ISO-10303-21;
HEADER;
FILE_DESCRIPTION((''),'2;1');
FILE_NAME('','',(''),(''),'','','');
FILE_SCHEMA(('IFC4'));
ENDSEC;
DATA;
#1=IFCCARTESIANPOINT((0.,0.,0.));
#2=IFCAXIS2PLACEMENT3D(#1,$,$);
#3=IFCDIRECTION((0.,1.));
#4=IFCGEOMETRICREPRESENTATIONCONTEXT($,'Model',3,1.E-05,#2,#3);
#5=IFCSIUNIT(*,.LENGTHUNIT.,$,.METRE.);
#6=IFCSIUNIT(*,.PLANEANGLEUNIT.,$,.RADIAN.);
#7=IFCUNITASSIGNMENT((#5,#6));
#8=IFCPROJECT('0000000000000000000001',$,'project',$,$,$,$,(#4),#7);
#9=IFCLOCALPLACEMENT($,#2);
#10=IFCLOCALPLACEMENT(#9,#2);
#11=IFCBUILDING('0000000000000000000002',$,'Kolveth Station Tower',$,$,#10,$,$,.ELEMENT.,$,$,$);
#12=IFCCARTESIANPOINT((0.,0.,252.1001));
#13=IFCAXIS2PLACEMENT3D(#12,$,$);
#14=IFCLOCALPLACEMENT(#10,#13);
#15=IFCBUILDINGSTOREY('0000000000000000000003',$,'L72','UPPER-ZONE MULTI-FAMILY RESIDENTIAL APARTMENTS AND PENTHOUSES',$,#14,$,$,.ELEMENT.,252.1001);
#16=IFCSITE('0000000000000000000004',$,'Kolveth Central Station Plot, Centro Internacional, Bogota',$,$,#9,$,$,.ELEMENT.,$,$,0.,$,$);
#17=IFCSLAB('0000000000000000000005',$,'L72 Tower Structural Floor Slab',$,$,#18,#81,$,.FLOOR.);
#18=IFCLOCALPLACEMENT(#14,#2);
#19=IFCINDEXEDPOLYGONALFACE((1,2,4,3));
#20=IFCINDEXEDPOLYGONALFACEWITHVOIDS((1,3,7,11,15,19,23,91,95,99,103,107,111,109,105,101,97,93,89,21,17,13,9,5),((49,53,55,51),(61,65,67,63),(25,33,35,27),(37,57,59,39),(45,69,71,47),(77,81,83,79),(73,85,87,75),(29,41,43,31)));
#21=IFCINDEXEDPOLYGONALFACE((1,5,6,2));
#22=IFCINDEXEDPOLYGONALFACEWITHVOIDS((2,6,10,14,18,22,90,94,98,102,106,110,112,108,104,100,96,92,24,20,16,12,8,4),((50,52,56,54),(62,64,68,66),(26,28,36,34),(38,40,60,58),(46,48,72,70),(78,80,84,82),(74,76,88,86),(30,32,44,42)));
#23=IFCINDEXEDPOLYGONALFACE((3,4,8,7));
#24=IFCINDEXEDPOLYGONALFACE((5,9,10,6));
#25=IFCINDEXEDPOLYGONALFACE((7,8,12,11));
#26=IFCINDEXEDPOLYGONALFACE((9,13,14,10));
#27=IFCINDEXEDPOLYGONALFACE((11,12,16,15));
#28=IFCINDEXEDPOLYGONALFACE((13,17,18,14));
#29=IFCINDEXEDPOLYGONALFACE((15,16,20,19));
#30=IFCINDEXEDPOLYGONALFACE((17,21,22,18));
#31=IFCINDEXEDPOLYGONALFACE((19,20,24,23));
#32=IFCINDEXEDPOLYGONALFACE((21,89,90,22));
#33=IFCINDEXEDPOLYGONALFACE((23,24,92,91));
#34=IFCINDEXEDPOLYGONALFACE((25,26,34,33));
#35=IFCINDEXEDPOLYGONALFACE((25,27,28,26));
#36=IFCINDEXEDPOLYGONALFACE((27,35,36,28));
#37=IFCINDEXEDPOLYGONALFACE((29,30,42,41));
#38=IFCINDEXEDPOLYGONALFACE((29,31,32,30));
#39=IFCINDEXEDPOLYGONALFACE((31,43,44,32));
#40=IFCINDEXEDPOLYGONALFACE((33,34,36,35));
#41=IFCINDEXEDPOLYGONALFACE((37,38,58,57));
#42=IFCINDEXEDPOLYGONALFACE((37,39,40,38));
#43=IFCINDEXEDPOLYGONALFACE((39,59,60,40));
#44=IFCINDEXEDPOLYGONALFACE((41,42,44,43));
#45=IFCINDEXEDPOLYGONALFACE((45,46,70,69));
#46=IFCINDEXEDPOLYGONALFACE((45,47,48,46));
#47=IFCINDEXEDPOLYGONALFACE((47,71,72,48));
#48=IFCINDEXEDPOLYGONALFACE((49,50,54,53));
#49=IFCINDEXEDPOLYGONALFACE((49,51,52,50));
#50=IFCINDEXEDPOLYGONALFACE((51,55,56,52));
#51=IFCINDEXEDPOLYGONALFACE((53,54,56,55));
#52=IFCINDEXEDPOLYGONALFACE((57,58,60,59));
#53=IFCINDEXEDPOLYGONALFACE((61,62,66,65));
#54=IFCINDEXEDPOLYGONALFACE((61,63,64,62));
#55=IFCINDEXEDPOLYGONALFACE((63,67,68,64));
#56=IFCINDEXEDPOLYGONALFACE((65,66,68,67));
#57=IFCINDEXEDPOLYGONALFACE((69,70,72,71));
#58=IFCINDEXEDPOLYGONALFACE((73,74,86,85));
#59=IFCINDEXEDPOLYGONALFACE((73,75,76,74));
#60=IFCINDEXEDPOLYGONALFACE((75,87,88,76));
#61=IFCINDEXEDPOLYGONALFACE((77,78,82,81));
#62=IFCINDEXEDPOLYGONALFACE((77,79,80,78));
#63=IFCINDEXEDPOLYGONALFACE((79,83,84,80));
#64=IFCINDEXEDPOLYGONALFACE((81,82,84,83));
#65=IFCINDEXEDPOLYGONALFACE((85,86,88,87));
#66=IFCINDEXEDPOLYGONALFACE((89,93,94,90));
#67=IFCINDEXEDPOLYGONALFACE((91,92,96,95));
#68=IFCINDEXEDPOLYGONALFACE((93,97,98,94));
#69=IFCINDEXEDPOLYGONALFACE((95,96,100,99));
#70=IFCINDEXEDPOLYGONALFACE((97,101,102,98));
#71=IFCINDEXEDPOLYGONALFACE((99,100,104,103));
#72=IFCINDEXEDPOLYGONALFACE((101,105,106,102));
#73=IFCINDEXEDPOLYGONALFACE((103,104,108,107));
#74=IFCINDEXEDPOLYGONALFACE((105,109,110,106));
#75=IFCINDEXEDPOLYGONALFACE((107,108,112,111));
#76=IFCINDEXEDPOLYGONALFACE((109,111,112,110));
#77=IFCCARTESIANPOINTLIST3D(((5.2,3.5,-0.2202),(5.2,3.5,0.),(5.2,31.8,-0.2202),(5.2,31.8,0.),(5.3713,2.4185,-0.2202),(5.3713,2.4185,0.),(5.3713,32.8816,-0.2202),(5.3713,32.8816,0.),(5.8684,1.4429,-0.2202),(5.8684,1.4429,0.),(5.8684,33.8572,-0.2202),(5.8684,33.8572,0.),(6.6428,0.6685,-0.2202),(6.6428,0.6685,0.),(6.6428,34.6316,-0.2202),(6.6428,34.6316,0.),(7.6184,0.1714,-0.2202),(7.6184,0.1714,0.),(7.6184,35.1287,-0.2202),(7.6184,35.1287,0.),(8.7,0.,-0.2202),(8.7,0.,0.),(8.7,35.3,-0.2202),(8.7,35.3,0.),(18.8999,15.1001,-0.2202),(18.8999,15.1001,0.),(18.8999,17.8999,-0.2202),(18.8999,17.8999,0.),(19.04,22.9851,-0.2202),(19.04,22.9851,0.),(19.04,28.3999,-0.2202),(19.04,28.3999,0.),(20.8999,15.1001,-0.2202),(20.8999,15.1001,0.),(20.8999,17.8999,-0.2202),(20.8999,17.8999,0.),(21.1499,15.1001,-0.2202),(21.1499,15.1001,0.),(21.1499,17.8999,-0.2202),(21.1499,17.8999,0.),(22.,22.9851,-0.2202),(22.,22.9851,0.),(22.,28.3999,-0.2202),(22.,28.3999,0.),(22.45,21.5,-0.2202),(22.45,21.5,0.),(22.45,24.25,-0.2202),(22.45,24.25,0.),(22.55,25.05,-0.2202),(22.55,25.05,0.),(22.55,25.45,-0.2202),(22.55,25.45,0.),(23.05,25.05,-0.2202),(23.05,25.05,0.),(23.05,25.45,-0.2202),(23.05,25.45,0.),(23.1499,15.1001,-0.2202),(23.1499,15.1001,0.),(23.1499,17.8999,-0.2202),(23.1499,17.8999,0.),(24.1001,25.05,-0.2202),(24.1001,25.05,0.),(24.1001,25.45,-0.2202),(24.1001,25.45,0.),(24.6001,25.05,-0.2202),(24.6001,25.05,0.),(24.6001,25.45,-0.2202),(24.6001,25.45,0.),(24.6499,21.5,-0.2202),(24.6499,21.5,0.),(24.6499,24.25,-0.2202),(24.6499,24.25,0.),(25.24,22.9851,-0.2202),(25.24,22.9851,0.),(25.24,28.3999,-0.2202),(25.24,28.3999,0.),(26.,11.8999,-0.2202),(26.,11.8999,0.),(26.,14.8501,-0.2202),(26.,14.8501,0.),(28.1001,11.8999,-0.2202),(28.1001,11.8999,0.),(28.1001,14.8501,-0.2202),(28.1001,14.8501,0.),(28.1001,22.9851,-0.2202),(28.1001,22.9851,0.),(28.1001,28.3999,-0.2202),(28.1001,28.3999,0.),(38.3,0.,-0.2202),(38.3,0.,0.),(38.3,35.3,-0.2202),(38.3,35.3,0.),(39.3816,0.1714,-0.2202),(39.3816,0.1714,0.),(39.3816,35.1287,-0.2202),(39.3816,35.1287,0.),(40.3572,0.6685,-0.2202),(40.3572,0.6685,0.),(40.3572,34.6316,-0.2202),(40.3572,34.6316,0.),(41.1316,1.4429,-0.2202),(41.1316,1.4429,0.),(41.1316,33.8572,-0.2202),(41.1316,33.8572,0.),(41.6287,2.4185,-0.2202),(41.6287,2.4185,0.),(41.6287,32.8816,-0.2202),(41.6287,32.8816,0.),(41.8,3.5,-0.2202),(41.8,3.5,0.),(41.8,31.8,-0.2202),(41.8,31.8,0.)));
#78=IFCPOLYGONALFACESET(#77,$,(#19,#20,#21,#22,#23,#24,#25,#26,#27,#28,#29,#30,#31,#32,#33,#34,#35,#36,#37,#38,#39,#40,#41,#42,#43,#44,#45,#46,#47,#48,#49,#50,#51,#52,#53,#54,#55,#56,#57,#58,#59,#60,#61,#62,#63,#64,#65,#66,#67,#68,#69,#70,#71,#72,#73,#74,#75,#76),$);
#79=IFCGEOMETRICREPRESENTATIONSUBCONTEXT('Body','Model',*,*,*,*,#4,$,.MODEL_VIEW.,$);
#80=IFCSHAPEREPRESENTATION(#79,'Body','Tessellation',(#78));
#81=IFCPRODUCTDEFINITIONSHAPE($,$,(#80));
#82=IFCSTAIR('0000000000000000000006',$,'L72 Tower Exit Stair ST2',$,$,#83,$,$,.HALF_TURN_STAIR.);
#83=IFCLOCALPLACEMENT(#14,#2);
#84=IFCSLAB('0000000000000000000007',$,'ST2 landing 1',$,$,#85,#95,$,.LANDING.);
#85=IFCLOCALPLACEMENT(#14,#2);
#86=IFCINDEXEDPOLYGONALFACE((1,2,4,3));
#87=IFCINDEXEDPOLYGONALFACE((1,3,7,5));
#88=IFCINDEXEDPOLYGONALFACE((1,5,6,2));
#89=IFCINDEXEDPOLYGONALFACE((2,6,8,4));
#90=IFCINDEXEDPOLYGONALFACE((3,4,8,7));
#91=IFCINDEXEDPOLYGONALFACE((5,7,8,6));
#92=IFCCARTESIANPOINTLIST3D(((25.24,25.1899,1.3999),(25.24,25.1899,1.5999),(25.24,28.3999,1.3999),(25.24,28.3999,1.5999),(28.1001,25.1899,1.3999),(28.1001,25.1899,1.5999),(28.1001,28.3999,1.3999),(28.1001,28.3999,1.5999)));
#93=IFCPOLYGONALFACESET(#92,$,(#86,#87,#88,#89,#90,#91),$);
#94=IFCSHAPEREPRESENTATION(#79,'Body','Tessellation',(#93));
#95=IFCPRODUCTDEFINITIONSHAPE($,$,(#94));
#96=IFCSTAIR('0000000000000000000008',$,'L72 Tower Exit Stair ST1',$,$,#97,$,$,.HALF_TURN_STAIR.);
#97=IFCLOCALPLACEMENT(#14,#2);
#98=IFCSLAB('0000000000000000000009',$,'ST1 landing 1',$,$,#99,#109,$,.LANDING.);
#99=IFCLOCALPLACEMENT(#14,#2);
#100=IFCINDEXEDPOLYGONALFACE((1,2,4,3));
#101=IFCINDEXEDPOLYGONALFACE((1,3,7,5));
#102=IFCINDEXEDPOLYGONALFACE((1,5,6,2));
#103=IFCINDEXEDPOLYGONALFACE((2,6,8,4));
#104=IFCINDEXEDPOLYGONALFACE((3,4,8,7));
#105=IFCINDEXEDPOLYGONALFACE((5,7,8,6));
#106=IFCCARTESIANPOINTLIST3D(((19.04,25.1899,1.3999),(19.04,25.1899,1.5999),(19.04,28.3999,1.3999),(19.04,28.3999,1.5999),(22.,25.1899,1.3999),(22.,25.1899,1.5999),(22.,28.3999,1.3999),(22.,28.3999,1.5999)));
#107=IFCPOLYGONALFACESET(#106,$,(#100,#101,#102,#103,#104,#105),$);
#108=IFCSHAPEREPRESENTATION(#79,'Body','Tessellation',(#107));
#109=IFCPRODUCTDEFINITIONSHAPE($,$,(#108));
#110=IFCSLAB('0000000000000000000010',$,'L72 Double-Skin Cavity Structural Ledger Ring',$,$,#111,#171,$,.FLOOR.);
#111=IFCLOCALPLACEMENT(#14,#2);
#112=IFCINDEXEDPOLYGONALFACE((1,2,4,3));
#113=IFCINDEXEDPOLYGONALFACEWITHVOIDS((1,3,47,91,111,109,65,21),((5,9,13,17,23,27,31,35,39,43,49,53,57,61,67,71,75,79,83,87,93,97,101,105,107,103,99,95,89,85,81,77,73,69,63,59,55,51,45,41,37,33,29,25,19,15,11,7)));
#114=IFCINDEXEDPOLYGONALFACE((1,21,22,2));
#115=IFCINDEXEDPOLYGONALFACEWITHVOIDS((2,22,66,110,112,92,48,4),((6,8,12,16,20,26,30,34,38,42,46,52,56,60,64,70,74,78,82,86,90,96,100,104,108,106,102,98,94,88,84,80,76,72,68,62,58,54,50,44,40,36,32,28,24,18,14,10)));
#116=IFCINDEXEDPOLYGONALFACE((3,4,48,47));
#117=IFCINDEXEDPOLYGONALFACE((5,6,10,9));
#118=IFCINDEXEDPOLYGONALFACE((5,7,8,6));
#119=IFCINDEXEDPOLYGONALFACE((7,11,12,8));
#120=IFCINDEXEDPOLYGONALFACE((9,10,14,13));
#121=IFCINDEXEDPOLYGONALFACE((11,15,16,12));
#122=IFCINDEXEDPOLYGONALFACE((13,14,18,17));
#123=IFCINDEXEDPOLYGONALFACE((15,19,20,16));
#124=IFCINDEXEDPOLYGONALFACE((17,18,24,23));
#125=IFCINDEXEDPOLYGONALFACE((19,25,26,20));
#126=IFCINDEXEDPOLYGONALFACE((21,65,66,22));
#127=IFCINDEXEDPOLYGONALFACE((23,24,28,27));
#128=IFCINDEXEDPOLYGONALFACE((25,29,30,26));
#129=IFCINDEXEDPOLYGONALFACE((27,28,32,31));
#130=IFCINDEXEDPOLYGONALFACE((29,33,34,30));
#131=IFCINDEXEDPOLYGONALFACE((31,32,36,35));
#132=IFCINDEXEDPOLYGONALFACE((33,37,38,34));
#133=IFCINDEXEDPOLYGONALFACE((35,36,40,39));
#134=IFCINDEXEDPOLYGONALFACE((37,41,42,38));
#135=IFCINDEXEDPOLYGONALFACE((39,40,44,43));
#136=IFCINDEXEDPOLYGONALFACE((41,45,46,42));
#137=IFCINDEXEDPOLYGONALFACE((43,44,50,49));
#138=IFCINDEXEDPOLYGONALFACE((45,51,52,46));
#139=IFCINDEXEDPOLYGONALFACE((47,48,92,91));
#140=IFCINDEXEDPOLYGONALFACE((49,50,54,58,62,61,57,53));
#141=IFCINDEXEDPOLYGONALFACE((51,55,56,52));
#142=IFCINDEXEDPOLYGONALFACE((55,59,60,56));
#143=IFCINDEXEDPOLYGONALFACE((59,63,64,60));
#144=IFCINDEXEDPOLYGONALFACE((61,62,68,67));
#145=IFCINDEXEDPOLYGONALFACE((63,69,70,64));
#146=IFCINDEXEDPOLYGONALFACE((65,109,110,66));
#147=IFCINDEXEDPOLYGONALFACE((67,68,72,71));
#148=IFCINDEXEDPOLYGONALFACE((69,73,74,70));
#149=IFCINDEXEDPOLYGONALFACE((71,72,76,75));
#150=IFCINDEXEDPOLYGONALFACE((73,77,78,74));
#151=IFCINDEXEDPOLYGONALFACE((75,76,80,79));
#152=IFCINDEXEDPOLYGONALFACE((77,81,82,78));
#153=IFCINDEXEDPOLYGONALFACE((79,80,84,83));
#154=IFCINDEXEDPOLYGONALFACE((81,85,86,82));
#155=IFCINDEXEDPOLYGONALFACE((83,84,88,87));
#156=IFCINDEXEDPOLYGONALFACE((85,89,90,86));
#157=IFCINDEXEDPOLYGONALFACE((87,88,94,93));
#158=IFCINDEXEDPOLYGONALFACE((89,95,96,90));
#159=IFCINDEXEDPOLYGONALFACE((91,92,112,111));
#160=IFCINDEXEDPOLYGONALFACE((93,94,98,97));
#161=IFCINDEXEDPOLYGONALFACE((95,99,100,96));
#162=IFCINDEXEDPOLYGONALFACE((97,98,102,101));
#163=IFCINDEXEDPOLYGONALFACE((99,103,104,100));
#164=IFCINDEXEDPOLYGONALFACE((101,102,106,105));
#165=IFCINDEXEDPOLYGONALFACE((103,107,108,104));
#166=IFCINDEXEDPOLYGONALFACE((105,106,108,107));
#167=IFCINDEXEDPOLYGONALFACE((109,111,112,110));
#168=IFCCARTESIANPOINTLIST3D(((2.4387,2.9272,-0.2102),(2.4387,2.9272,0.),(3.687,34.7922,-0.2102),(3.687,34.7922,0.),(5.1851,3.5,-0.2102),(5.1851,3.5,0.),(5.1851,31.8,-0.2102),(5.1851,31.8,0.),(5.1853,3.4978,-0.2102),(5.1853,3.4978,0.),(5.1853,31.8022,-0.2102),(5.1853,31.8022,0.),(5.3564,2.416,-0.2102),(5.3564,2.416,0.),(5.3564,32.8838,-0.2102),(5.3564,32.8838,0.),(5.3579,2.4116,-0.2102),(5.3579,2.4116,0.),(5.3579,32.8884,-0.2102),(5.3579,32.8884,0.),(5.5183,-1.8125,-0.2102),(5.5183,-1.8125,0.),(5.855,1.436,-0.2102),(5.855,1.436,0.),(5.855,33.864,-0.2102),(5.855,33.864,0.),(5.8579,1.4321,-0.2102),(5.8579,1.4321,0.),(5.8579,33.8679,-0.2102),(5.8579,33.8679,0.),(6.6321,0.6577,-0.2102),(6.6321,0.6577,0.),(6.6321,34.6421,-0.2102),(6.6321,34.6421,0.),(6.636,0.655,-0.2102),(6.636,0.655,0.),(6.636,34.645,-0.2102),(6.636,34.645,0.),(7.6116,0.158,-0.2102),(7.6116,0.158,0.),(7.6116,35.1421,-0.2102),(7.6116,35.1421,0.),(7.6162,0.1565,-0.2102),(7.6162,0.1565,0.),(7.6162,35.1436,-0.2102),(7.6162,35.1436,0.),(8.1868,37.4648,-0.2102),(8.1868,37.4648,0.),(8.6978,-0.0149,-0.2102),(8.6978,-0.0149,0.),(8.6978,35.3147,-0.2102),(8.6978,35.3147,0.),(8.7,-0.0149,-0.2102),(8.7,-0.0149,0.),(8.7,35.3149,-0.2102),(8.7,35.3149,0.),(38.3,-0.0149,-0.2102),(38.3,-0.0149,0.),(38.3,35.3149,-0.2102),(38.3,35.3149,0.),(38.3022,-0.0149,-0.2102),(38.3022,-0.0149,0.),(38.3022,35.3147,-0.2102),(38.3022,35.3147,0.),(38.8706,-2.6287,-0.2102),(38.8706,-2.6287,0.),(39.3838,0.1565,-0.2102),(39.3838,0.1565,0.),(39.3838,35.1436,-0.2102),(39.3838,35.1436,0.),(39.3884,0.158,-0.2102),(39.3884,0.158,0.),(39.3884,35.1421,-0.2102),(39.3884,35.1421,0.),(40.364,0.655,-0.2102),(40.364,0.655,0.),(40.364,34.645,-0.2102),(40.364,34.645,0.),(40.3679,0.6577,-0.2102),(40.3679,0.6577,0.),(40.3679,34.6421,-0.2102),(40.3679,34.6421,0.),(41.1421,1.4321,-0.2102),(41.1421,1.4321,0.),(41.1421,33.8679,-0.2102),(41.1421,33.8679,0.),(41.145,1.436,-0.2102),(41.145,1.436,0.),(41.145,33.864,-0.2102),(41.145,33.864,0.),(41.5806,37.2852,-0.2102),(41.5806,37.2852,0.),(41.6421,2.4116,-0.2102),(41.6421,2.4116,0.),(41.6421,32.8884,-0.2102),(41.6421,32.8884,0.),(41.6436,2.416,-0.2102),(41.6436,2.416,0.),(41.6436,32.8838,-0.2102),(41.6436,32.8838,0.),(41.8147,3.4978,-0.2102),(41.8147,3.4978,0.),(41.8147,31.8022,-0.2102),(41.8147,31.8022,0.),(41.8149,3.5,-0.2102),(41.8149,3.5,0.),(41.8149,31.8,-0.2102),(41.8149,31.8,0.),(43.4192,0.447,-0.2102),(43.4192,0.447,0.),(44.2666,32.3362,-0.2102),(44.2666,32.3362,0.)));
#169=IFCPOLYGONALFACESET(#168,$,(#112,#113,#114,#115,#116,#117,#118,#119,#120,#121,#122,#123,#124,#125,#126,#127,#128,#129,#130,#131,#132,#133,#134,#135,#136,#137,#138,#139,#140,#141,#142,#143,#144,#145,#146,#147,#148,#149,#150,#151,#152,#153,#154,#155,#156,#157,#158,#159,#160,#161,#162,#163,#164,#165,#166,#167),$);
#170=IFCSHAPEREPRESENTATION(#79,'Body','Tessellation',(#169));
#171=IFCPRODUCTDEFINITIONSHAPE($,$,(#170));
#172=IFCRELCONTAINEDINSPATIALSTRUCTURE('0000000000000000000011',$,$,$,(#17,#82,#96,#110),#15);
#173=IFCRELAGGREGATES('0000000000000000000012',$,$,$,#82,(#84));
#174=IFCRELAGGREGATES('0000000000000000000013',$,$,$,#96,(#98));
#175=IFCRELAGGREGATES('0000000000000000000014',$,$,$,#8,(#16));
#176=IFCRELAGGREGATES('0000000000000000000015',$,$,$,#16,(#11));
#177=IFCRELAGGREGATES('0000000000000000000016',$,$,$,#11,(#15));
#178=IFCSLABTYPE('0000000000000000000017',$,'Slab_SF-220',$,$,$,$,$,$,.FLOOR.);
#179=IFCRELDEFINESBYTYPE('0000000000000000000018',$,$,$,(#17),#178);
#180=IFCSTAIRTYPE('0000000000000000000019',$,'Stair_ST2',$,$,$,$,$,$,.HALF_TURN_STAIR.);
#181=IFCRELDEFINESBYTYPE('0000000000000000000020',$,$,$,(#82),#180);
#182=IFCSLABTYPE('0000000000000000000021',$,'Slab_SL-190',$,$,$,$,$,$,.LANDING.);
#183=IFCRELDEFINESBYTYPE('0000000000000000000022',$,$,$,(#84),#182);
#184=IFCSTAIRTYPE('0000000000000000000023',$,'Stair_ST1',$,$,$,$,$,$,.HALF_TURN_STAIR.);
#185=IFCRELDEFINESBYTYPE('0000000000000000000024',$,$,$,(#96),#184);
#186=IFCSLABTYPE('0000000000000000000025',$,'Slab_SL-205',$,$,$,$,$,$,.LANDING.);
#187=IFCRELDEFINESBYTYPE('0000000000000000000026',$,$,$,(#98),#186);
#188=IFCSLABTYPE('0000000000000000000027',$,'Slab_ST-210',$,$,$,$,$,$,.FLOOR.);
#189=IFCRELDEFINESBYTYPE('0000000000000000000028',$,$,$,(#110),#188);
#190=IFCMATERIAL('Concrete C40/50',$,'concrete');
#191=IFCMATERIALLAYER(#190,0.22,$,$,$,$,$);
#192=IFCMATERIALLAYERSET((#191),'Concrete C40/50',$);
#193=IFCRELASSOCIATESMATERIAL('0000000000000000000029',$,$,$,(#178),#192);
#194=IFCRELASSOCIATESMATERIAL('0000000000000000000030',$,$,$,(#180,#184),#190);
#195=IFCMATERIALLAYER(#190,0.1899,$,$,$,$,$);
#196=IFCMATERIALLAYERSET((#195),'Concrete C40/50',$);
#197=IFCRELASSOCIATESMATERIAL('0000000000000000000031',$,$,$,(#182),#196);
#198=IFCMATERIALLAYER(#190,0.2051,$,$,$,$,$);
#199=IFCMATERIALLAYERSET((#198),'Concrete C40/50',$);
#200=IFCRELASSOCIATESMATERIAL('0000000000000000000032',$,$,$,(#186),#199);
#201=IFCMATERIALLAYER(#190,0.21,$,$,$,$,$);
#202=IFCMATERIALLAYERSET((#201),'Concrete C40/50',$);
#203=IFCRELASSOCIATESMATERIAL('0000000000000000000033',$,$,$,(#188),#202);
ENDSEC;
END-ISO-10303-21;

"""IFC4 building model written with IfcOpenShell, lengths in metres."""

from ifc_helpers import new_model, si_unit, direction, frame, origin, place, context, subcontext, project, spatial, polyline, outline, extrude, material, layer, layer_set, type_object, element, aggregate, save


model = new_model("IFC4")

# Units and contexts
model_context = context("Model", 3, precision=1e-05, world=origin(), true_north=direction((0.0, 1.0)))
body_context = subcontext(model_context, "Body", "Model", "MODEL_VIEW")
ifc_project = project(units=[si_unit("LENGTHUNIT", "METRE"), si_unit("PLANEANGLEUNIT", "RADIAN")], contexts=[model_context])

# Site, building, storey
site_placement = place(None, origin())
site = spatial("IfcSite", under=ifc_project, at=site_placement, Name="Kolveth Central Station Plot, Centro Internacional, Bogota", CompositionType="ELEMENT", RefElevation=0.0)
building_placement = place(site_placement, origin())
building = spatial("IfcBuilding", under=site, at=building_placement, Name="Kolveth Station Tower", CompositionType="ELEMENT")
storey_placement = place(building_placement, frame((0.0, 0.0, 252.1001)))
storey = spatial("IfcBuildingStorey", under=building, at=storey_placement, Name="L72", Description="UPPER-ZONE MULTI-FAMILY RESIDENTIAL APARTMENTS AND PENTHOUSES", CompositionType="ELEMENT", Elevation=252.1001)

# Slab
ifc_material_1 = material(Name="Concrete C40/50", Category="concrete")
ifc_layer_1 = layer(ifc_material_1, 0.22)
ifc_layer_set_1 = layer_set([ifc_layer_1], Name="Concrete C40/50")
slab_type_1 = type_object("IfcSlabType", Name="Slab_SF-220", PredefinedType="FLOOR", material=ifc_layer_set_1)
slab_1_placement = place(storey_placement, frame((0.0, 0.0, -0.2202)))
element("IfcSlab", 1, at=slab_1_placement, inside=storey, type_object=slab_type_1, Name="L72 Tower Structural Floor Slab", PredefinedType="FLOOR", context=body_context, shape_type="SweptSolid", body=[
    extrude(outline(polyline([(38.3, 0.0), (39.3816, 0.1714), (40.3572, 0.6685), (41.1316, 1.4429), (41.6287, 2.4185), (41.8, 3.5), (41.8, 31.8), (41.6287, 32.8816), (41.1316, 33.8572), (40.3572, 34.6316), (39.3816, 35.1287), (38.3, 35.3), (8.7, 35.3), (7.6184, 35.1287), (6.6428, 34.6316), (5.8684, 33.8572), (5.3713, 32.8816), (5.2, 31.8), (5.2, 3.5), (5.3713, 2.4185), (5.8684, 1.4429), (6.6428, 0.6685), (7.6184, 0.1714), (8.7, 0.0), (38.3, 0.0)]), holes=[polyline([(19.04, 22.9851), (22.0, 22.9851), (22.0, 28.3999), (19.04, 28.3999), (19.04, 22.9851)]), polyline([(25.24, 22.9851), (28.1001, 22.9851), (28.1001, 28.3999), (25.24, 28.3999), (25.24, 22.9851)]), polyline([(18.8999, 15.1001), (20.8999, 15.1001), (20.8999, 17.8999), (18.8999, 17.8999), (18.8999, 15.1001)]), polyline([(21.1499, 15.1001), (23.1499, 15.1001), (23.1499, 17.8999), (21.1499, 17.8999), (21.1499, 15.1001)]), polyline([(22.45, 21.5), (24.6499, 21.5), (24.6499, 24.25), (22.45, 24.25), (22.45, 21.5)]), polyline([(26.0, 11.8999), (28.1001, 11.8999), (28.1001, 14.8501), (26.0, 14.8501), (26.0, 11.8999)]), polyline([(22.55, 25.05), (23.05, 25.05), (23.05, 25.45), (22.55, 25.45), (22.55, 25.05)]), polyline([(24.1001, 25.05), (24.6001, 25.05), (24.6001, 25.45), (24.1001, 25.45), (24.1001, 25.05)])]), origin(), (0.0, 0.0, 1.0), 0.2202),
])

# Stairs, slabs
stair_type_1 = type_object("IfcStairType", Name="Stair_ST2", PredefinedType="HALF_TURN_STAIR", material=ifc_material_1)
stair_1_placement = place(storey_placement, origin())
stair_1 = element("IfcStair", 2, at=stair_1_placement, inside=storey, type_object=stair_type_1, Name="L72 Tower Exit Stair ST2", PredefinedType="HALF_TURN_STAIR")
ifc_layer_2 = layer(ifc_material_1, 0.1899)
ifc_layer_set_2 = layer_set([ifc_layer_2], Name="Concrete C40/50")
slab_type_2 = type_object("IfcSlabType", Name="Slab_SL-190", PredefinedType="LANDING", material=ifc_layer_set_2)
slab_2_placement = place(storey_placement, frame((0.0, 0.0, 1.3999)))
slab_2 = element("IfcSlab", 3, at=slab_2_placement, type_object=slab_type_2, Name="ST2 landing 1", PredefinedType="LANDING", context=body_context, shape_type="SweptSolid", body=[
    extrude(outline(polyline([(28.1001, 25.1899), (28.1001, 28.3999), (25.24, 28.3999), (25.24, 25.1899), (28.1001, 25.1899)])), origin(), (0.0, 0.0, 1.0), 0.2),
])
aggregate(stair_1, [slab_2])
stair_type_2 = type_object("IfcStairType", Name="Stair_ST1", PredefinedType="HALF_TURN_STAIR", material=ifc_material_1)
stair_2_placement = place(storey_placement, origin())
stair_2 = element("IfcStair", 4, at=stair_2_placement, inside=storey, type_object=stair_type_2, Name="L72 Tower Exit Stair ST1", PredefinedType="HALF_TURN_STAIR")
ifc_layer_3 = layer(ifc_material_1, 0.2051)
ifc_layer_set_3 = layer_set([ifc_layer_3], Name="Concrete C40/50")
slab_type_3 = type_object("IfcSlabType", Name="Slab_SL-205", PredefinedType="LANDING", material=ifc_layer_set_3)
slab_3_placement = place(storey_placement, frame((0.0, 0.0, 1.3999)))
slab_3 = element("IfcSlab", 5, at=slab_3_placement, type_object=slab_type_3, Name="ST1 landing 1", PredefinedType="LANDING", context=body_context, shape_type="SweptSolid", body=[
    extrude(outline(polyline([(22.0, 25.1899), (22.0, 28.3999), (19.04, 28.3999), (19.04, 25.1899), (22.0, 25.1899)])), origin(), (0.0, 0.0, 1.0), 0.2),
])
aggregate(stair_2, [slab_3])

# Slab
ifc_layer_4 = layer(ifc_material_1, 0.21)
ifc_layer_set_4 = layer_set([ifc_layer_4], Name="Concrete C40/50")
slab_type_4 = type_object("IfcSlabType", Name="Slab_ST-210", PredefinedType="FLOOR", material=ifc_layer_set_4)
slab_4_placement = place(storey_placement, frame((0.0, 0.0, -0.2102)))
element("IfcSlab", 6, at=slab_4_placement, inside=storey, type_object=slab_type_4, Name="L72 Double-Skin Cavity Structural Ledger Ring", PredefinedType="FLOOR", context=body_context, shape_type="SweptSolid", body=[
    extrude(outline(polyline([(5.5183, -1.8125), (2.4387, 2.9272), (3.687, 34.7922), (8.1868, 37.4648), (41.5806, 37.2852), (44.2666, 32.3362), (43.4192, 0.447), (38.8706, -2.6287), (5.5183, -1.8125)]), holes=[polyline([(38.3022, -0.0149), (39.3838, 0.1565), (39.3884, 0.158), (40.364, 0.655), (40.3679, 0.6577), (41.1421, 1.4321), (41.145, 1.436), (41.6421, 2.4116), (41.6436, 2.416), (41.8147, 3.4978), (41.8149, 3.5), (41.8149, 31.8), (41.8147, 31.8022), (41.6436, 32.8838), (41.6421, 32.8884), (41.145, 33.864), (41.1421, 33.8679), (40.3679, 34.6421), (40.364, 34.645), (39.3884, 35.1421), (39.3838, 35.1436), (38.3022, 35.3147), (38.3, 35.3149), (8.7, 35.3149), (8.6978, 35.3147), (7.6162, 35.1436), (7.6116, 35.1421), (6.636, 34.645), (6.6321, 34.6421), (5.8579, 33.8679), (5.855, 33.864), (5.3579, 32.8884), (5.3564, 32.8838), (5.1853, 31.8022), (5.1851, 31.8), (5.1851, 3.5), (5.1853, 3.4978), (5.3564, 2.416), (5.3579, 2.4116), (5.855, 1.436), (5.8579, 1.4321), (6.6321, 0.6577), (6.636, 0.655), (7.6116, 0.158), (7.6162, 0.1565), (8.6978, -0.0149), (8.7, -0.0149), (38.3, -0.0149), (38.3022, -0.0149)])]), origin(), (0.0, 0.0, 1.0), 0.2102),
])

save(model, "model.ifc")
